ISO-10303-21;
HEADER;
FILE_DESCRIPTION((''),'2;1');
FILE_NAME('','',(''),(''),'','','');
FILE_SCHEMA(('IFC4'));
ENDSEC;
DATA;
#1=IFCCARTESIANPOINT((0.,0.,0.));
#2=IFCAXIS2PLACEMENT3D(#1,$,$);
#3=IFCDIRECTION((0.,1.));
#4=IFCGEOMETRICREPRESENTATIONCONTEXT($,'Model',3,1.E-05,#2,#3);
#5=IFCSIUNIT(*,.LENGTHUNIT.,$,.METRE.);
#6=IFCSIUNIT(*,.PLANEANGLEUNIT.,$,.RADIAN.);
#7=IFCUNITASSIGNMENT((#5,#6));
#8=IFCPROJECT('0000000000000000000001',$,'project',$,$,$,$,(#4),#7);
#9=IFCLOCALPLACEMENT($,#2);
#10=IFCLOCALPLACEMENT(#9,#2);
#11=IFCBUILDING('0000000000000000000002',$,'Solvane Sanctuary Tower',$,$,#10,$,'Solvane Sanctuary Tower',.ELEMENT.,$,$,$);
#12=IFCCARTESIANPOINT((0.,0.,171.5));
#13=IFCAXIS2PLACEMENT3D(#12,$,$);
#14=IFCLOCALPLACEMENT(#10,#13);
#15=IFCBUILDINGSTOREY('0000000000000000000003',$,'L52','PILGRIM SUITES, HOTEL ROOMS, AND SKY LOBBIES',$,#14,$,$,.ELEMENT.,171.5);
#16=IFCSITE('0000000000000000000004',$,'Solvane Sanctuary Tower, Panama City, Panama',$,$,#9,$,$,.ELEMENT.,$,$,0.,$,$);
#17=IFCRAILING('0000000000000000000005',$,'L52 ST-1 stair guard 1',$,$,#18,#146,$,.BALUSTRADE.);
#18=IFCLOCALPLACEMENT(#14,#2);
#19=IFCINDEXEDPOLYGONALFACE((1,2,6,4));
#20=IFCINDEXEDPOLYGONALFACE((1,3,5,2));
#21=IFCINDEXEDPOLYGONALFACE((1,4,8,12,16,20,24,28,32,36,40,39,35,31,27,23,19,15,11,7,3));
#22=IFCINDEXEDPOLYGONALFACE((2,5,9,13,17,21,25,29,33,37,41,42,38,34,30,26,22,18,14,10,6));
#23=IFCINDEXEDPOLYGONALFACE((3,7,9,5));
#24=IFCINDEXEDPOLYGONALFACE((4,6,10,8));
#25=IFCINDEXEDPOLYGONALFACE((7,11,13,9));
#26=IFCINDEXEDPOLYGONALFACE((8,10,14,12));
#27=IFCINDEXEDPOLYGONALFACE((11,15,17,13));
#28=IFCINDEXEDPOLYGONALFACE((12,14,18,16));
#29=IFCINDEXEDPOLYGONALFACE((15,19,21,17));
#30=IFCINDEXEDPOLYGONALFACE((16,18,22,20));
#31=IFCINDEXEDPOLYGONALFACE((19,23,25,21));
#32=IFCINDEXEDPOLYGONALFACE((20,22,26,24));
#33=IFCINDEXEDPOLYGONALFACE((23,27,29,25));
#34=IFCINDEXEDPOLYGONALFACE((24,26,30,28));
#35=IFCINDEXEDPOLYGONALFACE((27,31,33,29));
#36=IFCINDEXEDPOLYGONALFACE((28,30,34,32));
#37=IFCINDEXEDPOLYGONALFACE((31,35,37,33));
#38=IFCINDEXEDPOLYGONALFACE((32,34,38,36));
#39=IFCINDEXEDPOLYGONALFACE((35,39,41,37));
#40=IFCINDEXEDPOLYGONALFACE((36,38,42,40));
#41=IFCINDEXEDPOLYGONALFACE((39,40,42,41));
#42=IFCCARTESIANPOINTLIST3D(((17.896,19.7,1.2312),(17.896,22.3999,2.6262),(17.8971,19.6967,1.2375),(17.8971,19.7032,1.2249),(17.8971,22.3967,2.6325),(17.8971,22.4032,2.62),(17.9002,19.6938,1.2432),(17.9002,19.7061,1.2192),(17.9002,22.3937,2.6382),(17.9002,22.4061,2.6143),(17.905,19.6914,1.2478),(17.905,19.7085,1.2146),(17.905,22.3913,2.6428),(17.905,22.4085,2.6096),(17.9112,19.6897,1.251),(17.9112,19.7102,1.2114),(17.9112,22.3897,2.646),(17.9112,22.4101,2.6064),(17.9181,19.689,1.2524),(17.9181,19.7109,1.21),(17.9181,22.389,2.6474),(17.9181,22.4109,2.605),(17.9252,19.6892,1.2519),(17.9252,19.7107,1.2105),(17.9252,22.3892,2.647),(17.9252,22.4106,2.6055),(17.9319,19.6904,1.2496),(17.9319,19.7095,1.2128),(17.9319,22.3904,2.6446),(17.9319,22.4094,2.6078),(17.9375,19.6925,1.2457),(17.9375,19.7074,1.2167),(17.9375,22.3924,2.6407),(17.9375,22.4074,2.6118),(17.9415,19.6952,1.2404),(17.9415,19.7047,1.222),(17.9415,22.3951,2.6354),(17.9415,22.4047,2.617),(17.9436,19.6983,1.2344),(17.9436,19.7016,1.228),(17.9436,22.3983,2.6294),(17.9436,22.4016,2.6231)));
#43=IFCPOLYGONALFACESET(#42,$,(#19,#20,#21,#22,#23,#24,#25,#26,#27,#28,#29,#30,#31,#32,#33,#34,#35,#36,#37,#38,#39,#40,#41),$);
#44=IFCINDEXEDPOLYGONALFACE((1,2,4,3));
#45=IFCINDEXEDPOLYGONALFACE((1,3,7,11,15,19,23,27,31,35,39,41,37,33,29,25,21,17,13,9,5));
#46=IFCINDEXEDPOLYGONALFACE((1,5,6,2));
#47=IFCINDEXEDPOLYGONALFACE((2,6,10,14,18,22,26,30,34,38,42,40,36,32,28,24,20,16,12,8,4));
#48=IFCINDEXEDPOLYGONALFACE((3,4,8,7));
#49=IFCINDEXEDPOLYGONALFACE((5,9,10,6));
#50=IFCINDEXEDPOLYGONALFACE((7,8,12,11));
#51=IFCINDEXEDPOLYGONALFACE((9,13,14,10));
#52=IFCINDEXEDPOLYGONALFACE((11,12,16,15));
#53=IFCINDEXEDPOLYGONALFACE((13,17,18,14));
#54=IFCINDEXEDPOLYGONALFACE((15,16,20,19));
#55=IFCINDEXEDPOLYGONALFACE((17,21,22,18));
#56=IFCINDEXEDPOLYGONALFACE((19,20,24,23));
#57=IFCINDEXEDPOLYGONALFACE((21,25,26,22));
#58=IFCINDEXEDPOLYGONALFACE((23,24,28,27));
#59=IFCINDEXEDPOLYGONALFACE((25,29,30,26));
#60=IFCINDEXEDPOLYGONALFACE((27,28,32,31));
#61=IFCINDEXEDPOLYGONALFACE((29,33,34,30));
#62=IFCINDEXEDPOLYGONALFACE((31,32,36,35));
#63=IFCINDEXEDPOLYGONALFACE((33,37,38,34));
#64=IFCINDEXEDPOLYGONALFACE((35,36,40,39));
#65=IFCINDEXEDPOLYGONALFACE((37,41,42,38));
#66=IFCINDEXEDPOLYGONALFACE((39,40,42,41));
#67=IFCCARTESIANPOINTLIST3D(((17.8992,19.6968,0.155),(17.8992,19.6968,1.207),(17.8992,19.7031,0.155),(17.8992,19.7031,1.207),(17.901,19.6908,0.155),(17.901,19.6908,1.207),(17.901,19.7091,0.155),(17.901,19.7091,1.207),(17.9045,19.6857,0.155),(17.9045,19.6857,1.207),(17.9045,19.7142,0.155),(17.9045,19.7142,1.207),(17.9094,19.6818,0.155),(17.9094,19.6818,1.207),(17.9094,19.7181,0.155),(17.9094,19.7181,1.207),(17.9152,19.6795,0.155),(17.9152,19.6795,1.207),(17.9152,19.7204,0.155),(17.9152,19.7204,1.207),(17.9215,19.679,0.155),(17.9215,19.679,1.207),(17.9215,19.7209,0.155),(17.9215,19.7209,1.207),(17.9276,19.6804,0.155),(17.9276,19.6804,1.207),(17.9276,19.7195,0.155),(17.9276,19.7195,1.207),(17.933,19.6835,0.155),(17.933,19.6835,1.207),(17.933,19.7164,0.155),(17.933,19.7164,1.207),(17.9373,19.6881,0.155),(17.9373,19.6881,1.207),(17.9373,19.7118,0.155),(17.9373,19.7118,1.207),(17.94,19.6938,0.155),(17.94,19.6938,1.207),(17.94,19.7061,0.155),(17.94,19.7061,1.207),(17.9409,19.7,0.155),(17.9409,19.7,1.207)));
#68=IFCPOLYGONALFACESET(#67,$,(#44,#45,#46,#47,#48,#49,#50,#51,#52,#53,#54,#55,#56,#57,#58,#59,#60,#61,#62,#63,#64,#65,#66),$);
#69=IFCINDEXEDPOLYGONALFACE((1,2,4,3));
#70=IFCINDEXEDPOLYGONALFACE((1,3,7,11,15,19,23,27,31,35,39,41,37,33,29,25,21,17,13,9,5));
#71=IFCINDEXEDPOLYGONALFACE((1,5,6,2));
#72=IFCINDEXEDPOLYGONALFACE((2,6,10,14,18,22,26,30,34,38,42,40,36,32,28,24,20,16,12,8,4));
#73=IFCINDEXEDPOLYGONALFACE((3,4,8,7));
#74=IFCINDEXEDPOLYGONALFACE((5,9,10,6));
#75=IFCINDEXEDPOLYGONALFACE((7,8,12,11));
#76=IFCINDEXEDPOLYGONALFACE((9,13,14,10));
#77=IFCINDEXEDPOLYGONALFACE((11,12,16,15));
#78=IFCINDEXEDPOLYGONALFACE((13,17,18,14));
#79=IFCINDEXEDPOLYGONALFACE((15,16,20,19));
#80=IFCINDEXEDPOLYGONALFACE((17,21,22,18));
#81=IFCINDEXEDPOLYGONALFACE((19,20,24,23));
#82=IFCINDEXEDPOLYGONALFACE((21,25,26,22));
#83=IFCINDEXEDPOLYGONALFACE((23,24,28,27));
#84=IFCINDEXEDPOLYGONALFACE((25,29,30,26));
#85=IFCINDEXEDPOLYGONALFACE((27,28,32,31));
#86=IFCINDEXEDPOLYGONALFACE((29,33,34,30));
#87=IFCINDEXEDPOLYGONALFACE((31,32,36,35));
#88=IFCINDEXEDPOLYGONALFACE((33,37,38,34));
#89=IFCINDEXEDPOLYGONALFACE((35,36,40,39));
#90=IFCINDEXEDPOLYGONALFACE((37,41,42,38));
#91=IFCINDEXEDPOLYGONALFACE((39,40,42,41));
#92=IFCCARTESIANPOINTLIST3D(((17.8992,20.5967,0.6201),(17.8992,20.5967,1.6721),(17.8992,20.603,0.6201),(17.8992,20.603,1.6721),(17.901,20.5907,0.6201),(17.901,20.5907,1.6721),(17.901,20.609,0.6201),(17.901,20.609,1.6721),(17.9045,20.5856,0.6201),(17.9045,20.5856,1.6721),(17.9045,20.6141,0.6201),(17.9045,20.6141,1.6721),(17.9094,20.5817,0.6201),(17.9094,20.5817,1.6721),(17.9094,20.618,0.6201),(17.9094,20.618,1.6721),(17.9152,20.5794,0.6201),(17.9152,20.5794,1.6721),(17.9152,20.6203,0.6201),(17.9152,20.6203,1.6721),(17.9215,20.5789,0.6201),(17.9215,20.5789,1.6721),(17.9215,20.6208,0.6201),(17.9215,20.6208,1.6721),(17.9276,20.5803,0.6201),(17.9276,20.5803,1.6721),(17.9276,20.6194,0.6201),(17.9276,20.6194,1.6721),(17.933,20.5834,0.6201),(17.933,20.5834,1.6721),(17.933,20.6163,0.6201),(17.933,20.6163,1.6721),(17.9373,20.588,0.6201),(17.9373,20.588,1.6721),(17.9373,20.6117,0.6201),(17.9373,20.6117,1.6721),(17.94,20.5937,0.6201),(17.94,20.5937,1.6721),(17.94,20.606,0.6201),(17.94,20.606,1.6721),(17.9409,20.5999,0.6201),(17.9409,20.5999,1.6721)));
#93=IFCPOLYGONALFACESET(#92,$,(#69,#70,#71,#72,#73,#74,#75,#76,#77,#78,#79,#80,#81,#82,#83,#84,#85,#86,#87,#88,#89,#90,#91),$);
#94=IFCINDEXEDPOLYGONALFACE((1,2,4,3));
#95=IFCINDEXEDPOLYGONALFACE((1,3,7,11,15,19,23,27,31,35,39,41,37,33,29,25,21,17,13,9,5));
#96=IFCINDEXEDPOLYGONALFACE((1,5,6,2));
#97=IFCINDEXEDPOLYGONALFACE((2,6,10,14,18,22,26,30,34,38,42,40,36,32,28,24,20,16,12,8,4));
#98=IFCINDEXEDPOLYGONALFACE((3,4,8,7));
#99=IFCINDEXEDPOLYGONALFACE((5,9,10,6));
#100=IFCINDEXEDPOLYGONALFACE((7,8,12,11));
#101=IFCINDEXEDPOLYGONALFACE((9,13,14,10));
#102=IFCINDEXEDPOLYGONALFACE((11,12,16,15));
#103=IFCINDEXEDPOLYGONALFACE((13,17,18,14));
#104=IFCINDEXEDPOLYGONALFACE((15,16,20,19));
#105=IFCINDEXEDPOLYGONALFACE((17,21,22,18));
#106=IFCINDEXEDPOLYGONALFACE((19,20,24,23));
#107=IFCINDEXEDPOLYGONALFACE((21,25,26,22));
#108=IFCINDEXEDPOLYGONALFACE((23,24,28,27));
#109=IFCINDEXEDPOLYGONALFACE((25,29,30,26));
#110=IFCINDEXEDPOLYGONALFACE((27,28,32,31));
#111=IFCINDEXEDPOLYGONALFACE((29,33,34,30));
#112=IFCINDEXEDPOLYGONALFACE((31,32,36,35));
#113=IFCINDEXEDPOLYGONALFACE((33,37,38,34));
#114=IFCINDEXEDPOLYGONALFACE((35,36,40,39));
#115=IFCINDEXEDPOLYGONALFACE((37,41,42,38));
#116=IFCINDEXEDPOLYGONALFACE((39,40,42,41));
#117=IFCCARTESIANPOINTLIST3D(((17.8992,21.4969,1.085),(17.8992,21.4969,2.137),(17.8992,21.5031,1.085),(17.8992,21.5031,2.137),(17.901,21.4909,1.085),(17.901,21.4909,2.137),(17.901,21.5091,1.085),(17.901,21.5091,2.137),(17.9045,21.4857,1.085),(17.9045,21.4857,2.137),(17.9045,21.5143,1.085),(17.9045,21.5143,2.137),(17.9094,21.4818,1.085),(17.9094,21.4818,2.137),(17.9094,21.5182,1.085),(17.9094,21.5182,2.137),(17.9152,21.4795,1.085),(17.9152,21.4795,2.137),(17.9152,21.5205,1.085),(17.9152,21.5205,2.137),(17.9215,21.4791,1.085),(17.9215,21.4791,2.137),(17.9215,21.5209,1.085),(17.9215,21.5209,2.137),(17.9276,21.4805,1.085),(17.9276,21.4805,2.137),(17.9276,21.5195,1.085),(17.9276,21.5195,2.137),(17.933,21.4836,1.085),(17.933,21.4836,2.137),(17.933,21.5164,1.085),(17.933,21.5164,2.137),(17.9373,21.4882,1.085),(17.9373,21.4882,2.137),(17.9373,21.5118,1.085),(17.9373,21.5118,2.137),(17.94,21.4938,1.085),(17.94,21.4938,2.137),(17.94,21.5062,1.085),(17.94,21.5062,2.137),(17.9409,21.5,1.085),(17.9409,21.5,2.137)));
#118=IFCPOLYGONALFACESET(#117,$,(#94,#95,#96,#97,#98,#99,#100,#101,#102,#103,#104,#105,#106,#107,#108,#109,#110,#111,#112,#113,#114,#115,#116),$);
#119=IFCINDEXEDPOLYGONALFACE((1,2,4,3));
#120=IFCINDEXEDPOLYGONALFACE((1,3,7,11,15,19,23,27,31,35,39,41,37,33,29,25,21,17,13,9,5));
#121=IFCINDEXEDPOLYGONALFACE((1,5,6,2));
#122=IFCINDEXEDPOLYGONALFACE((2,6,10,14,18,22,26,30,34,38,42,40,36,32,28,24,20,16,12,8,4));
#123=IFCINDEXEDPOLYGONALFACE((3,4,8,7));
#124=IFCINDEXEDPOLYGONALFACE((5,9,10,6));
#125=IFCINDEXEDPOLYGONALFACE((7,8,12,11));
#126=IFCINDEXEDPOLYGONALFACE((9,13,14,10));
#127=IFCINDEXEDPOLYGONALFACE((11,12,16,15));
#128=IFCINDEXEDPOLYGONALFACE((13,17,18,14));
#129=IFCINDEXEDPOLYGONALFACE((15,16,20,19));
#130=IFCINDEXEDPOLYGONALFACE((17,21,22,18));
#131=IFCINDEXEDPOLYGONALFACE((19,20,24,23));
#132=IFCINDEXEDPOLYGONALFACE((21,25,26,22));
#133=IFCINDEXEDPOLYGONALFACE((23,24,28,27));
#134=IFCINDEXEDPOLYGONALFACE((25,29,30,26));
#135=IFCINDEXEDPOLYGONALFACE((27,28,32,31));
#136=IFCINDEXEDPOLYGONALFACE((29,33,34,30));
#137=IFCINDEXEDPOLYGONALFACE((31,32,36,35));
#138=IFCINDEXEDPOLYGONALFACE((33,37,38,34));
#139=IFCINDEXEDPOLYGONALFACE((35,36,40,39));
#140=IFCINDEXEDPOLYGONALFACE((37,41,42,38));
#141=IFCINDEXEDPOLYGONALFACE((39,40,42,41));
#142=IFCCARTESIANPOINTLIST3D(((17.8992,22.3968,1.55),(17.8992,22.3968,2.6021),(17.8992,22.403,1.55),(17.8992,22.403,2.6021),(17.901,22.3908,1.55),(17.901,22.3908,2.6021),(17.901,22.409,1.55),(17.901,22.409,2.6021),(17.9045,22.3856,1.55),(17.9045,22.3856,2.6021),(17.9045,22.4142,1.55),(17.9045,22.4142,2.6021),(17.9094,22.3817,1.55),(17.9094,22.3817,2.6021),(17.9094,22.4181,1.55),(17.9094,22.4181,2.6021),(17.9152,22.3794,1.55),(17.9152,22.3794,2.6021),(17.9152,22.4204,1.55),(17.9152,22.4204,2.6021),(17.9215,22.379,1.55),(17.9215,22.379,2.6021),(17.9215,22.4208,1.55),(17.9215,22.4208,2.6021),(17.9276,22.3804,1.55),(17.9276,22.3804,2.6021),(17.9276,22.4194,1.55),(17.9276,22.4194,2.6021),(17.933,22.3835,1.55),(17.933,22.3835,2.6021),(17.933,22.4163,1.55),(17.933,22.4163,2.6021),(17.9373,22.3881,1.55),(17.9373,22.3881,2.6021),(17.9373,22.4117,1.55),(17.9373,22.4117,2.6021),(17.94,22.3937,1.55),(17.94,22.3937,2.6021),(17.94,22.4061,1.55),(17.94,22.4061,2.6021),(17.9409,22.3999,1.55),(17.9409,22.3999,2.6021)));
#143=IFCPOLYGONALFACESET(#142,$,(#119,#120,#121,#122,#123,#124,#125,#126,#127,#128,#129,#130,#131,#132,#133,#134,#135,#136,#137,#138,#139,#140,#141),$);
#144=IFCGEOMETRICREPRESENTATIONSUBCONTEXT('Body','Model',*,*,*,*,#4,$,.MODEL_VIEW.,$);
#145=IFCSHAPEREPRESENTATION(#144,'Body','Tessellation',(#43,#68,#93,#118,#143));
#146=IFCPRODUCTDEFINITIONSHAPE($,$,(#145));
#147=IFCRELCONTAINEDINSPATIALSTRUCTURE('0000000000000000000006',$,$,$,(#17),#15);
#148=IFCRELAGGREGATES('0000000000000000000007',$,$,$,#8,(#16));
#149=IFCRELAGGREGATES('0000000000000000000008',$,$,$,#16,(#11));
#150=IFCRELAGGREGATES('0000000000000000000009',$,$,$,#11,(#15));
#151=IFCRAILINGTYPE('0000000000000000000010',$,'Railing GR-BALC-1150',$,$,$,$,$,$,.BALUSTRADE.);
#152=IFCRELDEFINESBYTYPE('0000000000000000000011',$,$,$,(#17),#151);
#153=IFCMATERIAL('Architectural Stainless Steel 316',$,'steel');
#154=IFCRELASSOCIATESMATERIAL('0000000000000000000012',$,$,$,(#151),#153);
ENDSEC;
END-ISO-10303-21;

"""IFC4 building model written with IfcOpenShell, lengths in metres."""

from ifc_helpers import new_model, si_unit, direction, frame, origin, origin_2d, place, context, subcontext, project, spatial, circle, extrude, material, type_object, element, save


model = new_model("IFC4")

# Units and contexts
model_context = context("Model", 3, precision=1e-05, world=origin(), true_north=direction((0.0, 1.0)))
body_context = subcontext(model_context, "Body", "Model", "MODEL_VIEW")
ifc_project = project(units=[si_unit("LENGTHUNIT", "METRE"), si_unit("PLANEANGLEUNIT", "RADIAN")], contexts=[model_context])

# Site, building, storey
site_placement = place(None, origin())
site = spatial("IfcSite", under=ifc_project, at=site_placement, Name="Solvane Sanctuary Tower, Panama City, Panama", CompositionType="ELEMENT", RefElevation=0.0)
building_placement = place(site_placement, origin())
building = spatial("IfcBuilding", under=site, at=building_placement, Name="Solvane Sanctuary Tower", LongName="Solvane Sanctuary Tower", CompositionType="ELEMENT")
storey_placement = place(building_placement, frame((0.0, 0.0, 171.5)))
storey = spatial("IfcBuildingStorey", under=building, at=storey_placement, Name="L52", Description="PILGRIM SUITES, HOTEL ROOMS, AND SKY LOBBIES", CompositionType="ELEMENT", Elevation=171.5)

# Shared definitions
ifc_material_1 = material(Name="Architectural Stainless Steel 316", Category="steel")

# Railing
railing_type_1 = type_object("IfcRailingType", Name="Railing GR-BALC-1150", PredefinedType="BALUSTRADE", material=ifc_material_1)
railing_1_placement = place(storey_placement, frame((17.9199, 19.7, 0.155)))
element("IfcRailing", 1, at=railing_1_placement, inside=storey, type_object=railing_type_1, Name="L52 ST-1 stair guard 1", PredefinedType="BALUSTRADE", context=body_context, shape_type="SweptSolid", body=[
    extrude(circle(Radius=0.0239, at=origin_2d()), frame((0.0, 0.0, 1.0762), z_axis=(0.0, 0.88842, 0.459032), x_axis=(-1.0, 0.0, 0.0)), (0.0, 0.0, 1.0), 3.0391),
    extrude(circle(Radius=0.021, at=origin_2d()), origin(), (0.0, 0.0, 1.0), 1.052),
    extrude(circle(Radius=0.021, at=origin_2d()), frame((0.0, 0.8999, 0.4651)), (0.0, 0.0, 1.0), 1.052),
    extrude(circle(Radius=0.021, at=origin_2d()), frame((0.0, 1.8, 0.9299)), (0.0, 0.0, 1.0), 1.052),
    extrude(circle(Radius=0.021, at=origin_2d()), frame((0.0, 2.7, 1.395)), (0.0, 0.0, 1.0), 1.052),
])

save(model, "model.ifc")
